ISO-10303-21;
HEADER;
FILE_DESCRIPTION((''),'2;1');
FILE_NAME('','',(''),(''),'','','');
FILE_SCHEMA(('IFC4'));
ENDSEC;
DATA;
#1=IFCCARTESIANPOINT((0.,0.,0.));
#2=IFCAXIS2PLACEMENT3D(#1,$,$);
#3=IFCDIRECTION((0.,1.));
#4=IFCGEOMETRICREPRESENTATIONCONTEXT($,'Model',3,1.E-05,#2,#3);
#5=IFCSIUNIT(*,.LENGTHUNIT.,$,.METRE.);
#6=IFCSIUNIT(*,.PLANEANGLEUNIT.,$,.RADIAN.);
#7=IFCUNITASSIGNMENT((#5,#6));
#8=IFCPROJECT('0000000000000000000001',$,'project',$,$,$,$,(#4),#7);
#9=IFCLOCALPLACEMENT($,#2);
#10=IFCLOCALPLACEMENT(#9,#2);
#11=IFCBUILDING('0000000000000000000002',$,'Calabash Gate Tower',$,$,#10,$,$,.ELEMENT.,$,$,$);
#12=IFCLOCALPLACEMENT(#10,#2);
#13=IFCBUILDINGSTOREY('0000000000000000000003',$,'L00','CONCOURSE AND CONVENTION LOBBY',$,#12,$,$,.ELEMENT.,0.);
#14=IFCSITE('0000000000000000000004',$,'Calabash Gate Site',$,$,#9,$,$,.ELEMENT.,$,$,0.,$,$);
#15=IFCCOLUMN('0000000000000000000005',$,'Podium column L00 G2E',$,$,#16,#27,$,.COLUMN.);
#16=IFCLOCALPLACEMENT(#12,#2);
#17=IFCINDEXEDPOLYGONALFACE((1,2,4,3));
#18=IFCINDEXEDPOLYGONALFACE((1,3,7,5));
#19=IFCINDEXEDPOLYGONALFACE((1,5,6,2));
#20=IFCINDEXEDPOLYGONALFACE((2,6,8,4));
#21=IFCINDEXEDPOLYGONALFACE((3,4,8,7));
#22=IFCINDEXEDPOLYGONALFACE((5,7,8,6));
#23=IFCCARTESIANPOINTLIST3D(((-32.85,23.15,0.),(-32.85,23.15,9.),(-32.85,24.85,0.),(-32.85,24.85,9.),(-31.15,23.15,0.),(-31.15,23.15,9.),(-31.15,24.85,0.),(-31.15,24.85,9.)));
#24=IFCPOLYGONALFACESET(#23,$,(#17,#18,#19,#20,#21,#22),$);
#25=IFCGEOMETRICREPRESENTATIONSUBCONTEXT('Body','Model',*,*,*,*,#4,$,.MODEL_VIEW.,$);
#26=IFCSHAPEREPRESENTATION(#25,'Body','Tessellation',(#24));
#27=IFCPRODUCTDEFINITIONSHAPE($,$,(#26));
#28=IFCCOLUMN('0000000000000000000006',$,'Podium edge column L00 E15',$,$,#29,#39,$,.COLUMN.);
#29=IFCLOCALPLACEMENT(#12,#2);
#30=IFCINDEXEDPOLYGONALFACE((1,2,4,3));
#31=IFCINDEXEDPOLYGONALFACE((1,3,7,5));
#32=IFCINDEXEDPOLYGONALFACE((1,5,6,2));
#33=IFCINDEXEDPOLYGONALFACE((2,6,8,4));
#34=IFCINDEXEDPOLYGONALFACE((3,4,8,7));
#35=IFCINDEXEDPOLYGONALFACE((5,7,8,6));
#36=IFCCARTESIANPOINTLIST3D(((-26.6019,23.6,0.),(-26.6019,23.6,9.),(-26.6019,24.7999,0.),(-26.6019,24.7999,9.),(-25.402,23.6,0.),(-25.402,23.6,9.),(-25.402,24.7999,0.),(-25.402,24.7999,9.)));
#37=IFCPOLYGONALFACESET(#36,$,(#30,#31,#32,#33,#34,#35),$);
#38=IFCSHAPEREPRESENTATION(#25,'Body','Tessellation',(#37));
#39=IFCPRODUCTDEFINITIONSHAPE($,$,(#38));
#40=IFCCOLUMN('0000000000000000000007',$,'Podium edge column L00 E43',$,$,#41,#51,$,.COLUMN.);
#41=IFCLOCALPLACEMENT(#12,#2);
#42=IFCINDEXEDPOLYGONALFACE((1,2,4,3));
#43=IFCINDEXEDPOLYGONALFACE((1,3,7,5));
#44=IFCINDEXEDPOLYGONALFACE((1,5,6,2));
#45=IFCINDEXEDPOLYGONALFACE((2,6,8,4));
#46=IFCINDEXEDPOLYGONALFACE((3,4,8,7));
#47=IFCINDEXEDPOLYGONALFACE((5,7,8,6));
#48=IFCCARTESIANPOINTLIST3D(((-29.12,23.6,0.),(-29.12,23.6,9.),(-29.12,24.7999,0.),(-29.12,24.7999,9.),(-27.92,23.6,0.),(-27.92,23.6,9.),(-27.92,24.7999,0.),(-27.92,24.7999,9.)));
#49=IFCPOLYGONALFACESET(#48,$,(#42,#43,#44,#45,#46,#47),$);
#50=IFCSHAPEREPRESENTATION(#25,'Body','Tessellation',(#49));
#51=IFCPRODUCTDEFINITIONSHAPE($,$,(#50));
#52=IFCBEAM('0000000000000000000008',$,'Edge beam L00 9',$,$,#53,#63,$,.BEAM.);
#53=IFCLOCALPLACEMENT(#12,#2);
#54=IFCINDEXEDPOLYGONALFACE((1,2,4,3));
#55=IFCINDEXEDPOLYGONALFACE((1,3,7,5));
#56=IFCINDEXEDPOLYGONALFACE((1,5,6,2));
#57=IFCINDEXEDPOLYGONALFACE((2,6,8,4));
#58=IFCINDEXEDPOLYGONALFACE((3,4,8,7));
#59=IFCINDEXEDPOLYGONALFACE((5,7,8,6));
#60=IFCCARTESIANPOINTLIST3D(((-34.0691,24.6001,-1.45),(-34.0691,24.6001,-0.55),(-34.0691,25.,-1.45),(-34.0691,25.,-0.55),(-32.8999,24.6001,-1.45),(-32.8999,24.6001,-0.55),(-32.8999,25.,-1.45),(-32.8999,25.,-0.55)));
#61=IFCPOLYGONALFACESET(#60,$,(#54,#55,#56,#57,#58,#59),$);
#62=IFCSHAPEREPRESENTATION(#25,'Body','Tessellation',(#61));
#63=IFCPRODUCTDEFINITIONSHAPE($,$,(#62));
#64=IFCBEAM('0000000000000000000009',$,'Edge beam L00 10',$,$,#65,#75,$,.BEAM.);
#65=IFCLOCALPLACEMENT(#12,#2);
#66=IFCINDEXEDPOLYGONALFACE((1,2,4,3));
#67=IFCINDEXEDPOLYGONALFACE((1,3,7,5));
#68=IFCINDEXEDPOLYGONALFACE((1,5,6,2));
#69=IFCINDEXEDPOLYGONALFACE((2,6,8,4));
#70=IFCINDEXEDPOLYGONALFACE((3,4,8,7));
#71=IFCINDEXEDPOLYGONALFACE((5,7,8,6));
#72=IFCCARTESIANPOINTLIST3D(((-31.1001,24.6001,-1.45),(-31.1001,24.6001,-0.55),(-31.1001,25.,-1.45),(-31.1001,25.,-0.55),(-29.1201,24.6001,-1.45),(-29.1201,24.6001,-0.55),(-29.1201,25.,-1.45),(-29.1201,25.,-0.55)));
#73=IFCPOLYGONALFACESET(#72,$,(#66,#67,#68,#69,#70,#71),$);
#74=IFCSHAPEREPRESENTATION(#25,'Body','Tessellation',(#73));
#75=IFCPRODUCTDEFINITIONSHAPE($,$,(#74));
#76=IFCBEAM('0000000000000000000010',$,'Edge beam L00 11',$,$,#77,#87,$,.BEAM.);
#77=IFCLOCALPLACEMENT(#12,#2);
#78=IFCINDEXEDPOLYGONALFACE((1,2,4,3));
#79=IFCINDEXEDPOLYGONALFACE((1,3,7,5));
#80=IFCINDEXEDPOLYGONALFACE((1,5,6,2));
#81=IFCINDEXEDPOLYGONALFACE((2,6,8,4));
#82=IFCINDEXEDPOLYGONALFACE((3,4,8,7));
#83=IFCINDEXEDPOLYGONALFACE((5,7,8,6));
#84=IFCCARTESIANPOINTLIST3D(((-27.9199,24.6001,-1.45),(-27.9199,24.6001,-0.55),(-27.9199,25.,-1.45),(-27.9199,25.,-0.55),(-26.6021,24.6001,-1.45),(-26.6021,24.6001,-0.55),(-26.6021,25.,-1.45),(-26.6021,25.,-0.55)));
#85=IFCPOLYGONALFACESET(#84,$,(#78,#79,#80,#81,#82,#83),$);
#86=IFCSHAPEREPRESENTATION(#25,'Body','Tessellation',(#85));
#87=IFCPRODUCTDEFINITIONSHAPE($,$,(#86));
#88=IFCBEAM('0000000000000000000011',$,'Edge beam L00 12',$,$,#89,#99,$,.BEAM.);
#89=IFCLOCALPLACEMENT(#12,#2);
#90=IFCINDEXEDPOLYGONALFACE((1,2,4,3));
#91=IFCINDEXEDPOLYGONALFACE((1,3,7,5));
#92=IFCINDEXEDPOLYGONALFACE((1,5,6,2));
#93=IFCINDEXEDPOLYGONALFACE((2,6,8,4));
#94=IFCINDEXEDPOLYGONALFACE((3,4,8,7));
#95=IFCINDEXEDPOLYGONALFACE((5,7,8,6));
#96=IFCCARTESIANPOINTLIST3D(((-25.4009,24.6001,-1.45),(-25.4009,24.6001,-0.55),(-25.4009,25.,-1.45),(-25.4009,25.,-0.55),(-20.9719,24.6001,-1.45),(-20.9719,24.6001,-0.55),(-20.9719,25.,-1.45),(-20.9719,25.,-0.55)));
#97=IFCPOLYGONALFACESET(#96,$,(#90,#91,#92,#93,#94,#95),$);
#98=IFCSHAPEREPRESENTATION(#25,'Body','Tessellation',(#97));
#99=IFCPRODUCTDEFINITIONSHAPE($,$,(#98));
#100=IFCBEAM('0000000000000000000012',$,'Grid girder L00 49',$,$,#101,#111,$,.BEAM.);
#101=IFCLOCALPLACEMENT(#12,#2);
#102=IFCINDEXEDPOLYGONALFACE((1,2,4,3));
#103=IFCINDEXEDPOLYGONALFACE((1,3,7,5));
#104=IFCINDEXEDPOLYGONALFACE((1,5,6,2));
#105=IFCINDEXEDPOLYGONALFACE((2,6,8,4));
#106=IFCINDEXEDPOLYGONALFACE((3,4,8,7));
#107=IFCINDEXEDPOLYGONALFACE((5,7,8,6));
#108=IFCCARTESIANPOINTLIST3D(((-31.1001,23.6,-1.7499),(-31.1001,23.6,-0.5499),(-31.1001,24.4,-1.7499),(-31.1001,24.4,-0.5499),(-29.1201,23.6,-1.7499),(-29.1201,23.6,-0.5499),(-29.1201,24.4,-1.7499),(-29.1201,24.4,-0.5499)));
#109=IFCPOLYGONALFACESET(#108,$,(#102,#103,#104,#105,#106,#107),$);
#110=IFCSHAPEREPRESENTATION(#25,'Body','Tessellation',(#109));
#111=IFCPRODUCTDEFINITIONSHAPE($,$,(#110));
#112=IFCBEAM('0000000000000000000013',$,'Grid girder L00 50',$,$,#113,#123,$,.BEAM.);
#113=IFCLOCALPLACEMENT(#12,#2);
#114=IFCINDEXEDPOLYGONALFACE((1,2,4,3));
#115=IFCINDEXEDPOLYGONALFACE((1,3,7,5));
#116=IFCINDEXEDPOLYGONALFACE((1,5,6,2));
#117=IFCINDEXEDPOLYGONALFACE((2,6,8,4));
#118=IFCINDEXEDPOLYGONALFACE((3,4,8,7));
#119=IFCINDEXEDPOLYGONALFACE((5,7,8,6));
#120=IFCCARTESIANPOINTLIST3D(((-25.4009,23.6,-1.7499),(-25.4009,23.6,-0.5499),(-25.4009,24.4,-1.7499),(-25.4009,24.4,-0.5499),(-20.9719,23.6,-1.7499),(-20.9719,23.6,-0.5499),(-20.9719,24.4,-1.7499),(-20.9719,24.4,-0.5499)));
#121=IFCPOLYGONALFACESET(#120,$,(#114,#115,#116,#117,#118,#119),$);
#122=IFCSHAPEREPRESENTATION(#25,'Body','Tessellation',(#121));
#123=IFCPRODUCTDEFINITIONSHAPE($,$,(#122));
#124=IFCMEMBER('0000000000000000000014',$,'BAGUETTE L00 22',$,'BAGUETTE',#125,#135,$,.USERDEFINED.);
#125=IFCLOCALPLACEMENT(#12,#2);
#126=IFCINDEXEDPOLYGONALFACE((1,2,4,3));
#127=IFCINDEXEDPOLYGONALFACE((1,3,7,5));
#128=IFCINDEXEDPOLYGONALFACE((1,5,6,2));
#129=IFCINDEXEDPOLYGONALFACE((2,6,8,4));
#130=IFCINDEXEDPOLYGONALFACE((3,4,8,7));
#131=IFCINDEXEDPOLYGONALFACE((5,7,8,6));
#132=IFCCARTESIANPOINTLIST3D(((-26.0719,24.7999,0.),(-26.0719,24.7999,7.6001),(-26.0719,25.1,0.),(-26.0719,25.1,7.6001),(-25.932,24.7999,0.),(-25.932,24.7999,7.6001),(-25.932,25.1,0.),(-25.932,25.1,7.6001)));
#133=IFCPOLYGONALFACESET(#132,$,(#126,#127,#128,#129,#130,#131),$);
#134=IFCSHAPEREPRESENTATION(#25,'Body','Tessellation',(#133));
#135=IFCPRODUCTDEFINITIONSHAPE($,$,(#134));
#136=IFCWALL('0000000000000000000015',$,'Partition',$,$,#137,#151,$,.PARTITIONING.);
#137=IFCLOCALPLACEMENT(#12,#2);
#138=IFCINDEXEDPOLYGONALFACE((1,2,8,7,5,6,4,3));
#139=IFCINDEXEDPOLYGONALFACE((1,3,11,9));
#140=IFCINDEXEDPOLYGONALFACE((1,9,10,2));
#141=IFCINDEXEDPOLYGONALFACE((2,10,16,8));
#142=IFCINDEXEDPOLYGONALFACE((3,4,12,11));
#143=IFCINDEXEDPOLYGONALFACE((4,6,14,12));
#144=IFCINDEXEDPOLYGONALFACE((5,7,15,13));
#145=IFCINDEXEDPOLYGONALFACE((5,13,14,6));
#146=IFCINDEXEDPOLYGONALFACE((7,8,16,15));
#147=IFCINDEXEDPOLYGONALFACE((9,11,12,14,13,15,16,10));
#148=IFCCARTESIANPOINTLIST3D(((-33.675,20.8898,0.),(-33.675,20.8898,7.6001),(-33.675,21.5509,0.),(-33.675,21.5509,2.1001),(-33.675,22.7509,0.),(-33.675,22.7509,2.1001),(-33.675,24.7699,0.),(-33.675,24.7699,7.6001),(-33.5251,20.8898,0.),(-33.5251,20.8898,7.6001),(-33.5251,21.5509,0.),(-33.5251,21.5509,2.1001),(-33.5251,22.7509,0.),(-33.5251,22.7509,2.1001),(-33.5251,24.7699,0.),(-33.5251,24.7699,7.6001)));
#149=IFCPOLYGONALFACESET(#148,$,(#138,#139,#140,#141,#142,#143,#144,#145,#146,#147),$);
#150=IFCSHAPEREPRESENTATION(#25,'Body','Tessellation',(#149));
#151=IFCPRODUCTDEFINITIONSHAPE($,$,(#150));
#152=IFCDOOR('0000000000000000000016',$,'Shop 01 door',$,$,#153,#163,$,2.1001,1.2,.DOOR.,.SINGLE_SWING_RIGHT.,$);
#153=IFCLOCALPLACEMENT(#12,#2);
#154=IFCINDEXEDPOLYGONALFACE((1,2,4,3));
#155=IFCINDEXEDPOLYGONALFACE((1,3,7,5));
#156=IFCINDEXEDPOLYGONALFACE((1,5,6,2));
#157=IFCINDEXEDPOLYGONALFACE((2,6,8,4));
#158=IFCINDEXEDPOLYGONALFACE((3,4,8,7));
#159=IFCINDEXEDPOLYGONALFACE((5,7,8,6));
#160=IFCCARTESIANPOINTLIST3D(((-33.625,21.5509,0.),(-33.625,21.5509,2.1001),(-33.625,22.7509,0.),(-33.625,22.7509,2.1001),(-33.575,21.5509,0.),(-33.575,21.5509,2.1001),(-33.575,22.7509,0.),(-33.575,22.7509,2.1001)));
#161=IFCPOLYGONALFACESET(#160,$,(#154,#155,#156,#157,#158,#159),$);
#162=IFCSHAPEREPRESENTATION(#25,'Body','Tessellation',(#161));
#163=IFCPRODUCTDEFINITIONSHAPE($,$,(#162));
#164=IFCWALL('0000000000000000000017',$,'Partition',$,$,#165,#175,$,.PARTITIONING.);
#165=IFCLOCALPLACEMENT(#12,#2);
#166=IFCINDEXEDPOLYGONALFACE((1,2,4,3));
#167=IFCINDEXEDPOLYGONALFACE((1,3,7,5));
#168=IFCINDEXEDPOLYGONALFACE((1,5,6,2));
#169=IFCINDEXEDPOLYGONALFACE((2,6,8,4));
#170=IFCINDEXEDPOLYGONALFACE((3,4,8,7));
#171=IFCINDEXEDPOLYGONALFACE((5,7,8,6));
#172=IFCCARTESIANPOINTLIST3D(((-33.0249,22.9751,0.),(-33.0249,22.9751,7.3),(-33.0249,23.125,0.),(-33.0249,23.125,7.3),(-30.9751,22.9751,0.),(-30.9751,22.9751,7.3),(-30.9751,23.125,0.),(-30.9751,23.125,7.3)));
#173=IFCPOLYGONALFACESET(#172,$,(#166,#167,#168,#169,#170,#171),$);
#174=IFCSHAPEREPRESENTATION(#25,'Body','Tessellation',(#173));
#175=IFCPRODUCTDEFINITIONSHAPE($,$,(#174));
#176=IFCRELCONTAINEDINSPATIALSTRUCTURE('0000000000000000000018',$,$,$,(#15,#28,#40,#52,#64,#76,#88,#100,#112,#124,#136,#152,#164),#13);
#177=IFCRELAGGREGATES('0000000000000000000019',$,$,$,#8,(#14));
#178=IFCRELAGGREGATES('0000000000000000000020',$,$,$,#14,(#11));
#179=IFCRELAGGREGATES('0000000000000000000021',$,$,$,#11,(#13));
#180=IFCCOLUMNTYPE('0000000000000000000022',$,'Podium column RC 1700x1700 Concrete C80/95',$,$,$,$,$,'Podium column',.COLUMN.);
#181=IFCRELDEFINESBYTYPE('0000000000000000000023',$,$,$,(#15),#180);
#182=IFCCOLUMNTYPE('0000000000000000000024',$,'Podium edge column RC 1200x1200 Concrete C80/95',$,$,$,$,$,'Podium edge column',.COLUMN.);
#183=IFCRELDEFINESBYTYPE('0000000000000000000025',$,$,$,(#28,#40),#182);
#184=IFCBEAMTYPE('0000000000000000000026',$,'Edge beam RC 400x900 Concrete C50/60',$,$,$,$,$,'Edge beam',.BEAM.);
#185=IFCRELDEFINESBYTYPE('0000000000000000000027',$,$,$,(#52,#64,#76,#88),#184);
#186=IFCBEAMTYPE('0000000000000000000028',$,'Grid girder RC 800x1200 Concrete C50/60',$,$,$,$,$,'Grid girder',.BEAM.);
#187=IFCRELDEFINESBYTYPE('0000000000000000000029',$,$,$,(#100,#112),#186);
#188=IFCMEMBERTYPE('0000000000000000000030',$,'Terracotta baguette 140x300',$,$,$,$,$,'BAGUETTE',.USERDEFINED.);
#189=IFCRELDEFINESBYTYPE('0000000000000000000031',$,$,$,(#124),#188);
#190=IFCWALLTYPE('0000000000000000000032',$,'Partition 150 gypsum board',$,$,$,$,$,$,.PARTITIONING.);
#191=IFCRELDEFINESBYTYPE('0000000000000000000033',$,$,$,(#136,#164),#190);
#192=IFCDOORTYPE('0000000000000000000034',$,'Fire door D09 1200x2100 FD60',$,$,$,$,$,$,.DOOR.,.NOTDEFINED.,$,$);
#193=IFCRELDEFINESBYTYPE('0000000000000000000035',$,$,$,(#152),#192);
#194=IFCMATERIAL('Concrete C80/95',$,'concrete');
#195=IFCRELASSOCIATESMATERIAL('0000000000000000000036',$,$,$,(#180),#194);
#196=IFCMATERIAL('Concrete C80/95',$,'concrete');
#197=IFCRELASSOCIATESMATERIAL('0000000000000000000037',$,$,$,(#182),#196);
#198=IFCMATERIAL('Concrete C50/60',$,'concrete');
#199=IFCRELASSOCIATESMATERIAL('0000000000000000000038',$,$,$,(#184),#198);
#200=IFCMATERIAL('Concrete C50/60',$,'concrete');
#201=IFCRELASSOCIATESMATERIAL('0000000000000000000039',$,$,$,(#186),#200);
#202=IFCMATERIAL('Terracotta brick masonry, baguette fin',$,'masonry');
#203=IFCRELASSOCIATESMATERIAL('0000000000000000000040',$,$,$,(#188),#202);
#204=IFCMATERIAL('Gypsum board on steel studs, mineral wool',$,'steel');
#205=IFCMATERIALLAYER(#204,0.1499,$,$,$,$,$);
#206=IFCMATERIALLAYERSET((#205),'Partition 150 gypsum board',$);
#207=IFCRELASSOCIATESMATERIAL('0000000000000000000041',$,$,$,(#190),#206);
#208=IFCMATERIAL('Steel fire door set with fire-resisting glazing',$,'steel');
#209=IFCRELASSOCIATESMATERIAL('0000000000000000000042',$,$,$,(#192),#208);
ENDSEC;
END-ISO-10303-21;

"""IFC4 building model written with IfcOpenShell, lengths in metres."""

from ifc_helpers import new_model, si_unit, direction, frame, frame_2d, origin, origin_2d, place, context, subcontext, project, spatial, rectangle, extrude, material, layer, layer_set, material_profile, profile_set, type_object, element, fill, save


model = new_model("IFC4")

# Units and contexts
model_context = context("Model", 3, precision=1e-05, world=origin(), true_north=direction((0.0, 1.0)))
body_context = subcontext(model_context, "Body", "Model", "MODEL_VIEW")
ifc_project = project(units=[si_unit("LENGTHUNIT", "METRE"), si_unit("PLANEANGLEUNIT", "RADIAN")], contexts=[model_context])

# Site, building, storey
site_placement = place(None, origin())
site = spatial("IfcSite", under=ifc_project, at=site_placement, Name="Calabash Gate Site", CompositionType="ELEMENT", RefElevation=0.0)
building_placement = place(site_placement, origin())
building = spatial("IfcBuilding", under=site, at=building_placement, Name="Calabash Gate Tower", CompositionType="ELEMENT")
storey_placement = place(building_placement, origin())
storey = spatial("IfcBuildingStorey", under=building, at=storey_placement, Name="L00", Description="CONCOURSE AND CONVENTION LOBBY", CompositionType="ELEMENT", Elevation=0.0)

# Columns
ifc_material_1 = material(Name="Concrete C80/95", Category="concrete")
ifc_material_profile_1 = material_profile(ifc_material_1, rectangle(XDim=1.7, YDim=1.7, at=origin_2d()))
ifc_profile_set_1 = profile_set([ifc_material_profile_1], Name="Concrete C80/95")
column_type_1 = type_object("IfcColumnType", Name="Podium column RC 1700x1700 Concrete C80/95", ElementType="Podium column", PredefinedType="COLUMN", material=ifc_profile_set_1)
column_placement = place(storey_placement, frame((-32.0, 24.0, 0.0), z_axis=(0.0, 0.0, 1.0), x_axis=(1.0, 0.0, 0.0)))
element("IfcColumn", 1, at=column_placement, inside=storey, type_object=column_type_1, Name="Podium column L00 G2E", PredefinedType="COLUMN", context=body_context, shape_type="SweptSolid", body=[
    extrude(rectangle(XDim=1.7, YDim=1.7, at=origin_2d()), origin(), (0.0, 0.0, 1.0), 9.0),
])
ifc_material_2 = material(Name="Concrete C80/95", Category="concrete")
ifc_material_profile_2 = material_profile(ifc_material_2, rectangle(XDim=1.2, YDim=1.2, at=origin_2d()))
ifc_profile_set_2 = profile_set([ifc_material_profile_2], Name="Concrete C80/95")
column_type_2 = type_object("IfcColumnType", Name="Podium edge column RC 1200x1200 Concrete C80/95", ElementType="Podium edge column", PredefinedType="COLUMN", material=ifc_profile_set_2)
for number, where, z_axis, x_axis, name in (
    (2, (-26.002, 24.2, 0.0), (0.0, 0.0, 1.0), (1.0, 0.0, 0.0), "Podium edge column L00 E15"),
    (3, (-28.52, 24.2, 0.0), (0.0, 0.0, 1.0), (1.0, 0.0, 0.0), "Podium edge column L00 E43"),
):
    element("IfcColumn", number, at=place(storey_placement, frame(where, z_axis=z_axis, x_axis=x_axis)), inside=storey, type_object=column_type_2, Name=name, PredefinedType="COLUMN", context=body_context, shape_type="SweptSolid", body=[
        extrude(rectangle(XDim=1.2, YDim=1.2, at=origin_2d()), origin(), (0.0, 0.0, 1.0), 9.0),
    ])

# Beams
ifc_material_3 = material(Name="Concrete C50/60", Category="concrete")
ifc_material_profile_3 = material_profile(ifc_material_3, rectangle(XDim=0.3999, YDim=0.8999, at=origin_2d()))
ifc_profile_set_3 = profile_set([ifc_material_profile_3], Name="Concrete C50/60")
beam_type_1 = type_object("IfcBeamType", Name="Edge beam RC 400x900 Concrete C50/60", ElementType="Edge beam", PredefinedType="BEAM", material=ifc_profile_set_3)
beam_1_placement = place(storey_placement, frame((-34.0691, 24.8, -1.0), z_axis=(1.0, 0.0, 0.0), x_axis=(0.0, 1.0, 0.0)))
element("IfcBeam", 4, at=beam_1_placement, inside=storey, type_object=beam_type_1, Name="Edge beam L00 9", PredefinedType="BEAM", context=body_context, shape_type="SweptSolid", body=[
    extrude(rectangle(XDim=0.3999, YDim=0.8999, at=origin_2d()), origin(), (0.0, 0.0, 1.0), 1.1692),
])
beam_2_placement = place(storey_placement, frame((-31.1001, 24.8, -1.0), z_axis=(1.0, 0.0, 0.0), x_axis=(0.0, 1.0, 0.0)))
element("IfcBeam", 5, at=beam_2_placement, inside=storey, type_object=beam_type_1, Name="Edge beam L00 10", PredefinedType="BEAM", context=body_context, shape_type="SweptSolid", body=[
    extrude(rectangle(XDim=0.3999, YDim=0.8999, at=origin_2d()), origin(), (0.0, 0.0, 1.0), 1.98),
])
beam_3_placement = place(storey_placement, frame((-27.9199, 24.8, -1.0), z_axis=(1.0, 0.0, 0.0), x_axis=(0.0, 1.0, 0.0)))
element("IfcBeam", 6, at=beam_3_placement, inside=storey, type_object=beam_type_1, Name="Edge beam L00 11", PredefinedType="BEAM", context=body_context, shape_type="SweptSolid", body=[
    extrude(rectangle(XDim=0.3999, YDim=0.8999, at=origin_2d()), origin(), (0.0, 0.0, 1.0), 1.3179),
])
beam_4_placement = place(storey_placement, frame((-25.4009, 24.8, -1.0), z_axis=(1.0, 0.0, 0.0), x_axis=(0.0, 1.0, 0.0)))
element("IfcBeam", 7, at=beam_4_placement, inside=storey, type_object=beam_type_1, Name="Edge beam L00 12", PredefinedType="BEAM", context=body_context, shape_type="SweptSolid", body=[
    extrude(rectangle(XDim=0.3999, YDim=0.8999, at=origin_2d()), origin(), (0.0, 0.0, 1.0), 4.429),
])
ifc_material_4 = material(Name="Concrete C50/60", Category="concrete")
ifc_material_profile_4 = material_profile(ifc_material_4, rectangle(XDim=0.8, YDim=1.2, at=origin_2d()))
ifc_profile_set_4 = profile_set([ifc_material_profile_4], Name="Concrete C50/60")
beam_type_2 = type_object("IfcBeamType", Name="Grid girder RC 800x1200 Concrete C50/60", ElementType="Grid girder", PredefinedType="BEAM", material=ifc_profile_set_4)
beam_5_placement = place(storey_placement, frame((-31.1001, 24.0, -1.1499), z_axis=(1.0, 0.0, 0.0), x_axis=(0.0, 1.0, 0.0)))
element("IfcBeam", 8, at=beam_5_placement, inside=storey, type_object=beam_type_2, Name="Grid girder L00 49", PredefinedType="BEAM", context=body_context, shape_type="SweptSolid", body=[
    extrude(rectangle(XDim=0.8, YDim=1.2, at=origin_2d()), origin(), (0.0, 0.0, 1.0), 1.98),
])
beam_6_placement = place(storey_placement, frame((-25.4009, 24.0, -1.1499), z_axis=(1.0, 0.0, 0.0), x_axis=(0.0, 1.0, 0.0)))
element("IfcBeam", 9, at=beam_6_placement, inside=storey, type_object=beam_type_2, Name="Grid girder L00 50", PredefinedType="BEAM", context=body_context, shape_type="SweptSolid", body=[
    extrude(rectangle(XDim=0.8, YDim=1.2, at=origin_2d()), origin(), (0.0, 0.0, 1.0), 4.429),
])

# Member
ifc_material_5 = material(Name="Terracotta brick masonry, baguette fin", Category="masonry")
ifc_material_profile_5 = material_profile(ifc_material_5, rectangle(XDim=0.1399, YDim=0.3, at=origin_2d()))
ifc_profile_set_5 = profile_set([ifc_material_profile_5], Name="Terracotta brick masonry, baguette fin")
member_type = type_object("IfcMemberType", Name="Terracotta baguette 140x300", ElementType="BAGUETTE", PredefinedType="USERDEFINED", material=ifc_profile_set_5)
member_placement = place(storey_placement, frame((-26.002, 24.95, 0.0), z_axis=(0.0, 0.0, 1.0), x_axis=(-1.0, 0.0, 0.0)))
element("IfcMember", 10, at=member_placement, inside=storey, type_object=member_type, Name="BAGUETTE L00 22", ObjectType="BAGUETTE", PredefinedType="USERDEFINED", context=body_context, shape_type="SweptSolid", body=[
    extrude(rectangle(XDim=0.1399, YDim=0.3, at=origin_2d()), origin(), (0.0, 0.0, 1.0), 7.6001),
])

# Wall, opening, door
ifc_material_6 = material(Name="Gypsum board on steel studs, mineral wool", Category="steel")
ifc_layer_1 = layer(ifc_material_6, 0.1499)
ifc_layer_set_1 = layer_set([ifc_layer_1], Name="Partition 150 gypsum board")
wall_type_1 = type_object("IfcWallType", Name="Partition 150 gypsum board", PredefinedType="PARTITIONING", material=ifc_layer_set_1)
wall_1_placement = place(storey_placement, frame((-33.6001, 20.8899, 0.0), z_axis=(0.0, 0.0, 1.0), x_axis=(0.0, 1.0, 0.0)))
wall_1 = element("IfcWall", 11, at=wall_1_placement, inside=storey, type_object=wall_type_1, Name="Partition", PredefinedType="PARTITIONING", context=body_context, shape_type="SweptSolid", body=[
    extrude(rectangle(XDim=3.8801, YDim=0.1499, at=frame_2d((1.9399, 0.0))), origin(), (0.0, 0.0, 1.0), 7.6001),
])
opening_placement = place(wall_1_placement, frame((0.6609, 0.0, 0.0)))
opening = element("IfcOpeningElement", 12, at=opening_placement, cuts=wall_1, PredefinedType="OPENING", context=body_context, shape_type="SweptSolid", body=[
    extrude(rectangle(XDim=1.2, YDim=2.1001, at=frame_2d((0.6001, 1.05))), frame((0.0, 0.085, 0.0), z_axis=(0.0, -1.0, 0.0), x_axis=(1.0, 0.0, 0.0)), (0.0, 0.0, 1.0), 0.1699),
])
ifc_material_7 = material(Name="Steel fire door set with fire-resisting glazing", Category="steel")
door_type = type_object("IfcDoorType", Name="Fire door D09 1200x2100 FD60", OperationType="NOTDEFINED", PredefinedType="DOOR", material=ifc_material_7)
door_placement = place(opening_placement, origin())
door = element("IfcDoor", 13, at=door_placement, inside=storey, type_object=door_type, Name="Shop 01 door", OperationType="SINGLE_SWING_RIGHT", OverallHeight=2.1001, OverallWidth=1.2, PredefinedType="DOOR", context=body_context, shape_type="SweptSolid", body=[
    extrude(rectangle(XDim=1.2, YDim=2.1001, at=frame_2d((0.6001, 1.05))), frame((0.0, 0.0249, 0.0), z_axis=(0.0, -1.0, 0.0), x_axis=(1.0, 0.0, 0.0)), (0.0, 0.0, 1.0), 0.05),
])
fill(opening, door)

# Wall
wall_2_placement = place(storey_placement, frame((-33.0249, 23.05, 0.0), z_axis=(0.0, 0.0, 1.0), x_axis=(1.0, 0.0, 0.0)))
element("IfcWall", 14, at=wall_2_placement, inside=storey, type_object=wall_type_1, Name="Partition", PredefinedType="PARTITIONING", context=body_context, shape_type="SweptSolid", body=[
    extrude(rectangle(XDim=2.0498, YDim=0.1499, at=frame_2d((1.0249, 0.0))), origin(), (0.0, 0.0, 1.0), 7.3),
])

save(model, "model.ifc")
